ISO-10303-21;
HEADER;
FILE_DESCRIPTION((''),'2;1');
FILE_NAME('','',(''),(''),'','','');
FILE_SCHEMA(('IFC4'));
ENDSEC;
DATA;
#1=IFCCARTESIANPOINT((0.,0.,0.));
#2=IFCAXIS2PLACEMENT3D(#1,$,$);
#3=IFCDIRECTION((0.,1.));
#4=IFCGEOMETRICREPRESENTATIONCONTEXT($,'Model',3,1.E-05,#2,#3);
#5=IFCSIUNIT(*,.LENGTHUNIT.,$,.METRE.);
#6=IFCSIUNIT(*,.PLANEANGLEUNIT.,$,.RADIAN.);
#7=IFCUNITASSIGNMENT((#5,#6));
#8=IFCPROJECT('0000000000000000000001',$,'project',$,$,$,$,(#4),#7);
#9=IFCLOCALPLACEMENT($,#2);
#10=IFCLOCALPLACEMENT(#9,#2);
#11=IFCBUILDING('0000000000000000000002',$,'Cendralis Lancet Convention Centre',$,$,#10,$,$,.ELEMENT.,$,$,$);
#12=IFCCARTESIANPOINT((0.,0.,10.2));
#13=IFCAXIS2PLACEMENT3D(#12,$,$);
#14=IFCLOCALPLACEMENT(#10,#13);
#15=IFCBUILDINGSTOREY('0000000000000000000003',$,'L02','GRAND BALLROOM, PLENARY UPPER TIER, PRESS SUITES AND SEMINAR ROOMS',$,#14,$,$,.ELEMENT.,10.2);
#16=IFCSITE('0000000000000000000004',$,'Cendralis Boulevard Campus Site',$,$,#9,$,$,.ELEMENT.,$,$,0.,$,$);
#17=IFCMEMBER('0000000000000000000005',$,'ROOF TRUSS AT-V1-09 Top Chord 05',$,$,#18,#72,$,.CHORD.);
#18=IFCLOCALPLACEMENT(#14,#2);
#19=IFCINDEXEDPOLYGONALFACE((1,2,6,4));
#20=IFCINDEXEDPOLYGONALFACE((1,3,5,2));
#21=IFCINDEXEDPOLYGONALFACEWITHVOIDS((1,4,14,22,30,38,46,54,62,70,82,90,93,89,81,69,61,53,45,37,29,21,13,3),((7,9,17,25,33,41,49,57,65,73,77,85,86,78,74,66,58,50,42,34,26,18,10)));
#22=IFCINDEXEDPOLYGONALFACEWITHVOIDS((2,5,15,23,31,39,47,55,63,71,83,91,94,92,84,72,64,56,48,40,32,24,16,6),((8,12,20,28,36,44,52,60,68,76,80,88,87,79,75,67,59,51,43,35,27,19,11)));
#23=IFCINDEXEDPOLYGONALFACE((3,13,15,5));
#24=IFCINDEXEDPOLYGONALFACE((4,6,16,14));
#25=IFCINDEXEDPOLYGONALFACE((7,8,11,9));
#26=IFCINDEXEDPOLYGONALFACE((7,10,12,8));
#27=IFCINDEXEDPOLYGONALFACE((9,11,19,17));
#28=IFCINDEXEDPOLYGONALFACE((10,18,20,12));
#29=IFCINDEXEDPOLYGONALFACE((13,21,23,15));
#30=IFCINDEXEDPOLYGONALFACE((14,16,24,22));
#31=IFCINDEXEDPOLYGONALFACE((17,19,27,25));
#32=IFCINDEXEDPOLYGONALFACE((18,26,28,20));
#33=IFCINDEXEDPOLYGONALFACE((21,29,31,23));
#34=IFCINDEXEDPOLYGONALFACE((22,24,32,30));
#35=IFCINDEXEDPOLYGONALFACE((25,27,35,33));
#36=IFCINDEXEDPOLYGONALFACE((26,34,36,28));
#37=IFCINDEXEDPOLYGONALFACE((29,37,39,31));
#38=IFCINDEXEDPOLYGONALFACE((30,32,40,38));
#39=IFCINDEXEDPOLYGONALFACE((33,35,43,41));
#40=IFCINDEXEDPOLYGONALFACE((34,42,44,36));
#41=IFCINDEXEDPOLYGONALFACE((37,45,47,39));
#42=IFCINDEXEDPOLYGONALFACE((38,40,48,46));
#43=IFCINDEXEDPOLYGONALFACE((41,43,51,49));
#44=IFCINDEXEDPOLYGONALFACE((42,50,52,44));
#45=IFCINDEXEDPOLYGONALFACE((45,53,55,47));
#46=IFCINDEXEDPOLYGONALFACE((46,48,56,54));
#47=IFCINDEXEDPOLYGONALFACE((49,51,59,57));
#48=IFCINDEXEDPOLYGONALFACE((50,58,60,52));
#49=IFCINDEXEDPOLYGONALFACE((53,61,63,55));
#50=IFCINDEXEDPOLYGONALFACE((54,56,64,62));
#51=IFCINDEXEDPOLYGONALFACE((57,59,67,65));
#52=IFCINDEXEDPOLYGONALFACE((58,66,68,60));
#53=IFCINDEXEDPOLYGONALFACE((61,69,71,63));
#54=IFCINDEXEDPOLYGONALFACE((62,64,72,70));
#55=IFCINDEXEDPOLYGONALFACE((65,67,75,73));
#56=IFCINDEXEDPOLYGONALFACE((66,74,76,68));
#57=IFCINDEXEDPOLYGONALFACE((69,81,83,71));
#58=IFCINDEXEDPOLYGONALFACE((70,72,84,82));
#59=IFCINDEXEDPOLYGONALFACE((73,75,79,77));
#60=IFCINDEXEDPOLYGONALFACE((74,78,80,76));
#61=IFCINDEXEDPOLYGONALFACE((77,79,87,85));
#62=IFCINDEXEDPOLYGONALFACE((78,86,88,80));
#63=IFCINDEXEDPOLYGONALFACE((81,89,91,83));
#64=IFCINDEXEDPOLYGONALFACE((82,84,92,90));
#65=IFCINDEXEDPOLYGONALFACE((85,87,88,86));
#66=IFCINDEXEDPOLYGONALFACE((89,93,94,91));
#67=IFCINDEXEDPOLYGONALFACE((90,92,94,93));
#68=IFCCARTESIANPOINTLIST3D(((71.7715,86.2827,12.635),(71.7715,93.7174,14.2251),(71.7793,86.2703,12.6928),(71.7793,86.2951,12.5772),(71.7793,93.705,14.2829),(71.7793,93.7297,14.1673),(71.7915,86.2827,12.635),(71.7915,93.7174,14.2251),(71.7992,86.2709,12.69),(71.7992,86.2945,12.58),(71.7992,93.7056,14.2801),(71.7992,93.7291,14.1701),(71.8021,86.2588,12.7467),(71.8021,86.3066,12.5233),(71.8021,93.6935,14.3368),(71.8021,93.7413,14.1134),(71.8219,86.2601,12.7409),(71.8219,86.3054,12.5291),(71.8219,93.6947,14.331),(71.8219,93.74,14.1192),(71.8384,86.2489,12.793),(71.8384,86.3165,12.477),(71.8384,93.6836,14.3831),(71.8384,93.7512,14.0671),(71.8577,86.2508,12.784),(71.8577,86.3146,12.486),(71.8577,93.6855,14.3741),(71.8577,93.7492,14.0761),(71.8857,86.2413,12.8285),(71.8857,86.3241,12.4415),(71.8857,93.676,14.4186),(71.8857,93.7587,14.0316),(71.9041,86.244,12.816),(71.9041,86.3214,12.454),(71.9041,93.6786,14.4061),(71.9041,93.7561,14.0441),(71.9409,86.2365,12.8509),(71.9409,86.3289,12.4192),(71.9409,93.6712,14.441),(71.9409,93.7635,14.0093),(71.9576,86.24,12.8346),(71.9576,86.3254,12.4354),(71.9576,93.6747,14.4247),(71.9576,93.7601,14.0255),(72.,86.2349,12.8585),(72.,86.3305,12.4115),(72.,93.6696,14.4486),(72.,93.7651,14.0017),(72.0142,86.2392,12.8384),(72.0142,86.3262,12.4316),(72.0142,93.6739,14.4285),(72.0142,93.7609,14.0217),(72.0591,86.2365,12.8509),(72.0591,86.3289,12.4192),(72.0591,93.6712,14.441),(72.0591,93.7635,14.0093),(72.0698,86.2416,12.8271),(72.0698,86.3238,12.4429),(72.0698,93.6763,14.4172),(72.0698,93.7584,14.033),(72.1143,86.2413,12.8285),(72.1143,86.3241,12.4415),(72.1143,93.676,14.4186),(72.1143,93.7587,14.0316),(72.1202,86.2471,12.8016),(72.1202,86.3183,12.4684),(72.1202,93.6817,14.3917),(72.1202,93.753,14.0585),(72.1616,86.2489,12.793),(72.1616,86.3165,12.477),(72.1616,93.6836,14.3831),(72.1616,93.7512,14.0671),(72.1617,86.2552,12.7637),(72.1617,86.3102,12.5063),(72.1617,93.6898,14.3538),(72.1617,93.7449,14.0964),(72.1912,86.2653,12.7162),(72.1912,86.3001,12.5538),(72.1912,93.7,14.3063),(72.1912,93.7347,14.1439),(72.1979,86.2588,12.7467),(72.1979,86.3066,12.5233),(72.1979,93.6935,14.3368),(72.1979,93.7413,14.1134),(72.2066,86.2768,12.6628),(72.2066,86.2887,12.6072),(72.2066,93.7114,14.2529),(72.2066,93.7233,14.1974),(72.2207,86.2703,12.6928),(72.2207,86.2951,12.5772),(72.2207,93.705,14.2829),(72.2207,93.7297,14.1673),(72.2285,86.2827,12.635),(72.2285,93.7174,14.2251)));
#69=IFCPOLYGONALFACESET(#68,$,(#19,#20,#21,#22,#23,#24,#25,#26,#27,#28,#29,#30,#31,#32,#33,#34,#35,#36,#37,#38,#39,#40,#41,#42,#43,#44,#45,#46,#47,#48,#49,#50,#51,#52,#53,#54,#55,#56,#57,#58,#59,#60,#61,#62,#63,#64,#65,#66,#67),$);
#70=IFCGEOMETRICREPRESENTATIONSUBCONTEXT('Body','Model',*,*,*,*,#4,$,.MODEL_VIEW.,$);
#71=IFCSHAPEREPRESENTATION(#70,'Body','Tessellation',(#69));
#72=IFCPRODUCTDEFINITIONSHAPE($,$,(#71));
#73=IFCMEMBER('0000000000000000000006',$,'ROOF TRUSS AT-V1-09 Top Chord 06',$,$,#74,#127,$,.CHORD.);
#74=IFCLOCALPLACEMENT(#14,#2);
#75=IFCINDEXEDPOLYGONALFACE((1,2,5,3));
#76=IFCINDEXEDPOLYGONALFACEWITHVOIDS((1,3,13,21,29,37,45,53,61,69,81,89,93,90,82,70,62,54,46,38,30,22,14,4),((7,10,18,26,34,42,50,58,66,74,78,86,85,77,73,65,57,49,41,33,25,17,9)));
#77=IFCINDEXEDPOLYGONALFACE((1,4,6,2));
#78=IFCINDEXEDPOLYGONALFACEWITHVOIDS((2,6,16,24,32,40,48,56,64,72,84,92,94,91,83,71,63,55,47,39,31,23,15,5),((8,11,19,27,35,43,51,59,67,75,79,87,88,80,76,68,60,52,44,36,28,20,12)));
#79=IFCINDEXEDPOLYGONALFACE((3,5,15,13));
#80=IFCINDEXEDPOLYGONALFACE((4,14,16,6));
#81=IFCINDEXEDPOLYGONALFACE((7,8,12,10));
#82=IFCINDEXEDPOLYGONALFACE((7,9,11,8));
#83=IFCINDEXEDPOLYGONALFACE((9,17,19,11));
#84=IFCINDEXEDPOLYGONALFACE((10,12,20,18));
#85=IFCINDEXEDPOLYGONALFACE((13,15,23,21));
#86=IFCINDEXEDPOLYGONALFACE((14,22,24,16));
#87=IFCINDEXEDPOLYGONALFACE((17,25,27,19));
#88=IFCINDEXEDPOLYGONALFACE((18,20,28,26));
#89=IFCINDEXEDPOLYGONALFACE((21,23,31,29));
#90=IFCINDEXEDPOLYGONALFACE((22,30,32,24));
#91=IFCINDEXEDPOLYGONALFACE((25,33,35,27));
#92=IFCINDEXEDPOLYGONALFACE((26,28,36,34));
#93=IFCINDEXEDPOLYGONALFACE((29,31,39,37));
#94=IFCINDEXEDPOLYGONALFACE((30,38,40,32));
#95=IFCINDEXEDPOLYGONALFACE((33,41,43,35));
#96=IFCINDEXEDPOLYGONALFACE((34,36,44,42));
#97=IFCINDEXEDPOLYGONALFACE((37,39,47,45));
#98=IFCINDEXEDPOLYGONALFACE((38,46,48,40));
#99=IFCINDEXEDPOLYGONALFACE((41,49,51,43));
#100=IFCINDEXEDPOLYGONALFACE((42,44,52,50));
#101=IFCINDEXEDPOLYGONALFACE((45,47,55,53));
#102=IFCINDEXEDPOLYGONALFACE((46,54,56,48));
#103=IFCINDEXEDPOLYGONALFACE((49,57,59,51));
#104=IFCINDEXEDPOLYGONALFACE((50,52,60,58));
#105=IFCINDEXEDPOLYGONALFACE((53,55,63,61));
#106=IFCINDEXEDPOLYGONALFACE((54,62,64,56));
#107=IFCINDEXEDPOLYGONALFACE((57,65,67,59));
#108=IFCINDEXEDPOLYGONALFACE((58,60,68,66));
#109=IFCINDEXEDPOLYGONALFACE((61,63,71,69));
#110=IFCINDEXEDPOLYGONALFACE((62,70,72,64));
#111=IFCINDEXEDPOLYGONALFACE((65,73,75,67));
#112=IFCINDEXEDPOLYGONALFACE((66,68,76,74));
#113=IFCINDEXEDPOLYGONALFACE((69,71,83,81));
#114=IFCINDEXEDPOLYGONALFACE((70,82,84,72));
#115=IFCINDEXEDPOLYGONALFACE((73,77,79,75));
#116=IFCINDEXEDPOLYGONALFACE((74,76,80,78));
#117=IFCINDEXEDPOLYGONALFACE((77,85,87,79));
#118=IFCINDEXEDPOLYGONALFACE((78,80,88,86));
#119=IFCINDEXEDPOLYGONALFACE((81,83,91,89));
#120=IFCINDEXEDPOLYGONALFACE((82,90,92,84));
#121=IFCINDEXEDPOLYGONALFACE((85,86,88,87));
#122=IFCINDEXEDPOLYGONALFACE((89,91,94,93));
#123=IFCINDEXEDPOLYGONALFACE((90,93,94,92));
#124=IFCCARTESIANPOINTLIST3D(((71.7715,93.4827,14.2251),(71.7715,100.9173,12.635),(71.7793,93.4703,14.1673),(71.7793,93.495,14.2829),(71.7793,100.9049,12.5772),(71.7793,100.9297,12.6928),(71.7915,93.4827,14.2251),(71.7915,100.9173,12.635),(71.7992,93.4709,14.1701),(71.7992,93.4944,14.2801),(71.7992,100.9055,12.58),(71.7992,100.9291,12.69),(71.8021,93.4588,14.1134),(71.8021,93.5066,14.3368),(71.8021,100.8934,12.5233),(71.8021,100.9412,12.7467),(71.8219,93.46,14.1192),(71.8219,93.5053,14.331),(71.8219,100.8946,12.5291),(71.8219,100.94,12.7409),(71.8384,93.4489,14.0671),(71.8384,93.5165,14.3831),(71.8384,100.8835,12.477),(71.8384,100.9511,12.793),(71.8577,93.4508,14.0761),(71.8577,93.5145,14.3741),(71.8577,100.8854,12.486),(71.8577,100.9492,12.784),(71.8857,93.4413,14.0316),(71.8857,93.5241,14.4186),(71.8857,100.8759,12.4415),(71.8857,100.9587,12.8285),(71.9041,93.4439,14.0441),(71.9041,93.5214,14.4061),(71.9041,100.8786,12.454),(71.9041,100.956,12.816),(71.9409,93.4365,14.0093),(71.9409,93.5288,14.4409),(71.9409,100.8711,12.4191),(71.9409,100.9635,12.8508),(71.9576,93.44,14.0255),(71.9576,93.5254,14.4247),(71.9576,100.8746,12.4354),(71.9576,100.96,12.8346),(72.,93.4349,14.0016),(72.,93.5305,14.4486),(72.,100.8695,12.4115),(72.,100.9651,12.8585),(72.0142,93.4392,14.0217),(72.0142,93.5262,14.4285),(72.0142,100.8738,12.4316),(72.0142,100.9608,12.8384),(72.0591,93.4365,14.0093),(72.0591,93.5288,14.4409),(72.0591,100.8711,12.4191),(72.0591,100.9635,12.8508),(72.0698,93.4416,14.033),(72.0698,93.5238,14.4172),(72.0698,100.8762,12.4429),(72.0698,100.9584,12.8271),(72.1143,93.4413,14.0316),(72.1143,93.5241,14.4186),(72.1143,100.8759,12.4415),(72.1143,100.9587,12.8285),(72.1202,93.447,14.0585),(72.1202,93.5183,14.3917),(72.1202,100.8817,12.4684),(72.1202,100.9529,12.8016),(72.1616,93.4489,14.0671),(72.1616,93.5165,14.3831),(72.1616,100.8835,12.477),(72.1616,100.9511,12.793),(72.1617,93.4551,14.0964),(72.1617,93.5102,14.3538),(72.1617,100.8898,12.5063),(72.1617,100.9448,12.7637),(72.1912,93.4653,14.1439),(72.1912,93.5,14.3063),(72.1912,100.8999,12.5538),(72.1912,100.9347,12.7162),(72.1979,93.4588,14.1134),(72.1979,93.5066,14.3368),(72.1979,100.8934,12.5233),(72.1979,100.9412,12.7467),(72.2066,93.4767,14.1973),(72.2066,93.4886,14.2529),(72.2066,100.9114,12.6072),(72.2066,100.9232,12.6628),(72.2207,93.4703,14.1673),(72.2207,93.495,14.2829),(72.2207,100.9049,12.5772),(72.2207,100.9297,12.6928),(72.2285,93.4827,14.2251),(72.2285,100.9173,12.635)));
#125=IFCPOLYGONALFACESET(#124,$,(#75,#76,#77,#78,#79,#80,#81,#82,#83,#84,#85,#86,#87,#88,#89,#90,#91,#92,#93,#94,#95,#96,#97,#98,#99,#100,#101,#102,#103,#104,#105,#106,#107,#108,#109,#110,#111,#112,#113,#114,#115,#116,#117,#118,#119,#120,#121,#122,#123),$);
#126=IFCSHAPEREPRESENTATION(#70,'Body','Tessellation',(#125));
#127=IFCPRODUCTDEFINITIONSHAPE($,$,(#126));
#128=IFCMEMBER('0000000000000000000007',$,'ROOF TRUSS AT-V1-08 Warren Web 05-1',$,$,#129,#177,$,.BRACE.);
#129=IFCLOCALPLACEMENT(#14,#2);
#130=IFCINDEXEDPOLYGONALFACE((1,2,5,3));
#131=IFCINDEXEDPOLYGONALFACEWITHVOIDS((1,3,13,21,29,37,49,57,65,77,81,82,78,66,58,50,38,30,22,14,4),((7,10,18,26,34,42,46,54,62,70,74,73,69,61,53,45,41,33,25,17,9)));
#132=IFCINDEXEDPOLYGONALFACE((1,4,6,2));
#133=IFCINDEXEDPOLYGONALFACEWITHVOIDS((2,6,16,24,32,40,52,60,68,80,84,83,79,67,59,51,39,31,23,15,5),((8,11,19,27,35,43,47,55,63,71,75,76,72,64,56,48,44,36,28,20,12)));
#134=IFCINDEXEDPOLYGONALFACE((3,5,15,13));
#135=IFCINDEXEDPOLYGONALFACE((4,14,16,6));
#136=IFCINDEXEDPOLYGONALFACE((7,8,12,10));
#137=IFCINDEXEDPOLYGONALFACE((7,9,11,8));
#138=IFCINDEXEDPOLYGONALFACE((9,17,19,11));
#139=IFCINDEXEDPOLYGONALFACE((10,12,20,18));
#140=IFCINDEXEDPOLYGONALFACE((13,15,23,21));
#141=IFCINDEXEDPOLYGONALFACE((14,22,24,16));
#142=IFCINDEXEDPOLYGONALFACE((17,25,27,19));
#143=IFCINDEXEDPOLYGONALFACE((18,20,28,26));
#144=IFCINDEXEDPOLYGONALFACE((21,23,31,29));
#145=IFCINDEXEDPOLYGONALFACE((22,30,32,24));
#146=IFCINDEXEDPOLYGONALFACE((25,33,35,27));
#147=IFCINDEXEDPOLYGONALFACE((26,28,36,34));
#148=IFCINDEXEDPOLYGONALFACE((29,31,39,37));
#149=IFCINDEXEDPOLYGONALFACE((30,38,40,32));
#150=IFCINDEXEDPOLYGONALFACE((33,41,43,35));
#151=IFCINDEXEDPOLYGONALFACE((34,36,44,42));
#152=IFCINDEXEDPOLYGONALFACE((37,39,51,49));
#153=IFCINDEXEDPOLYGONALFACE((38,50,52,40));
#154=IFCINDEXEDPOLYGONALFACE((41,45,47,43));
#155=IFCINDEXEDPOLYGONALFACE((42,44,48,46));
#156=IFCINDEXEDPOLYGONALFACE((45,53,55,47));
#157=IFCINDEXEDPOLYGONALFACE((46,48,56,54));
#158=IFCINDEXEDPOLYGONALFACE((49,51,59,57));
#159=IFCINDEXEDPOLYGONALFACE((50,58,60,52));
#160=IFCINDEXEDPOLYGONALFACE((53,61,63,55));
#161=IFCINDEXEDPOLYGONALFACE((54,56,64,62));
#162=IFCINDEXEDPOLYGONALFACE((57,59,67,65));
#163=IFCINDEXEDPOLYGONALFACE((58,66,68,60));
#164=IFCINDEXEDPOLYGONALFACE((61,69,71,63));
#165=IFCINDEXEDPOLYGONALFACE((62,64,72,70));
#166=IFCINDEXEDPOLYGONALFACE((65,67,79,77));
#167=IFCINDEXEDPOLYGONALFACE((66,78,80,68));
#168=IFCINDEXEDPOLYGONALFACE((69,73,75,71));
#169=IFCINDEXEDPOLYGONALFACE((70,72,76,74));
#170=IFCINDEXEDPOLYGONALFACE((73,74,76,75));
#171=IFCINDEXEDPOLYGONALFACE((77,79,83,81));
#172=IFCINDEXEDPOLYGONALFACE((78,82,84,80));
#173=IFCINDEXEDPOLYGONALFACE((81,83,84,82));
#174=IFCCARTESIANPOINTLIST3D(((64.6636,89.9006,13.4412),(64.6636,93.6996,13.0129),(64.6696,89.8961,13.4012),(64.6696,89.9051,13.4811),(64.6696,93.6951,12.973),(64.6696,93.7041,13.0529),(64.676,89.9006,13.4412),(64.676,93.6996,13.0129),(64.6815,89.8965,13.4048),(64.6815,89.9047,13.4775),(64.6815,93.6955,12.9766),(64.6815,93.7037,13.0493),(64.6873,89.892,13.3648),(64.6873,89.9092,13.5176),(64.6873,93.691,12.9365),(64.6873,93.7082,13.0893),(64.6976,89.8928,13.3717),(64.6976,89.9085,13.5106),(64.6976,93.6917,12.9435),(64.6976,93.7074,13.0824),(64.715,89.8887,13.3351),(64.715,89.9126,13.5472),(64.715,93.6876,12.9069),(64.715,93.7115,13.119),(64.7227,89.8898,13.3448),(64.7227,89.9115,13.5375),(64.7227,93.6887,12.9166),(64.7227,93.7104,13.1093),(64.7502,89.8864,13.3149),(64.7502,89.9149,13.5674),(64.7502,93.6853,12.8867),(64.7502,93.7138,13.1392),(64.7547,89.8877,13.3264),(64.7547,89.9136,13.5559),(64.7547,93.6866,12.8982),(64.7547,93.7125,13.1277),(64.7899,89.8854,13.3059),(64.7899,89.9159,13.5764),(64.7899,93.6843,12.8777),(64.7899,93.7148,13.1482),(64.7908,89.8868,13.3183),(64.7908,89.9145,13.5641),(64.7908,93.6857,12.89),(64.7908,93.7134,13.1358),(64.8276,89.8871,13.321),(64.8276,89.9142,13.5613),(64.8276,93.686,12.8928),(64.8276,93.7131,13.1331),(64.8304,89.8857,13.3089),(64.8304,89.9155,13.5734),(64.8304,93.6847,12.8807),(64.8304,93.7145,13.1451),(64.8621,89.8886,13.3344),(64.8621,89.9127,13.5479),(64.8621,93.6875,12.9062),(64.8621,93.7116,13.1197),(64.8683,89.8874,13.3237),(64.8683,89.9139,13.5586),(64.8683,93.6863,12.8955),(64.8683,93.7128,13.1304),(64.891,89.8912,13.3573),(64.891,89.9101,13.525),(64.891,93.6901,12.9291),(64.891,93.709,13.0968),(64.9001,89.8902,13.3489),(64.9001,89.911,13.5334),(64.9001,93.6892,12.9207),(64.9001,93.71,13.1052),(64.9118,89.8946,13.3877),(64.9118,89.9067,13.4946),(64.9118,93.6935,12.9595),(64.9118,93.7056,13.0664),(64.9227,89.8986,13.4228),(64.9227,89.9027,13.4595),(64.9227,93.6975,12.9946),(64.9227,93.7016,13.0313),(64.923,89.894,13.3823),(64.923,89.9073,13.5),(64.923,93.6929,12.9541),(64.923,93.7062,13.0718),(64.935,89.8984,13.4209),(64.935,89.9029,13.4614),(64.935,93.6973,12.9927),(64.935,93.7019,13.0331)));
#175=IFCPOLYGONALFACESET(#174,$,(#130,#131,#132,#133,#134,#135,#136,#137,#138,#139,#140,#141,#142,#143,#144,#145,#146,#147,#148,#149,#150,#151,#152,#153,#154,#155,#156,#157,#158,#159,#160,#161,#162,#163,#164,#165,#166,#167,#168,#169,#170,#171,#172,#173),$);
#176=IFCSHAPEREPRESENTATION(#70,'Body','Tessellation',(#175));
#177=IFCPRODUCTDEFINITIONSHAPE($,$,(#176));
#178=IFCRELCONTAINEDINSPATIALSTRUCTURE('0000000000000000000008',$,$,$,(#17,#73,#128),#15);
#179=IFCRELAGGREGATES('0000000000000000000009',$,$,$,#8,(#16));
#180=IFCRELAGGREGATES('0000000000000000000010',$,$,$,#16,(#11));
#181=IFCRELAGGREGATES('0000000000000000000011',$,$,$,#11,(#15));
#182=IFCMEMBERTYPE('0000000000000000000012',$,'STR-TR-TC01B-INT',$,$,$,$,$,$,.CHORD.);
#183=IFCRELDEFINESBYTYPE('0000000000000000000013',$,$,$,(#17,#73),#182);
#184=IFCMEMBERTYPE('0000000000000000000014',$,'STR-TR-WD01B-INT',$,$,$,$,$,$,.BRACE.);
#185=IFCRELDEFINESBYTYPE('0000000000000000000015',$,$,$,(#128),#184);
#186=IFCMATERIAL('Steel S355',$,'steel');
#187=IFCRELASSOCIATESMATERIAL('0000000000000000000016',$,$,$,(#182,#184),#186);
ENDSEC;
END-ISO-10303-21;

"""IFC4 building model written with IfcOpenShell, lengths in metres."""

from ifc_helpers import new_model, si_unit, direction, frame, origin, origin_2d, place, context, subcontext, project, spatial, hollow_circle, extrude, material, material_profile, profile_set, type_object, element, save


model = new_model("IFC4")

# Units and contexts
model_context = context("Model", 3, precision=1e-05, world=origin(), true_north=direction((0.0, 1.0)))
body_context = subcontext(model_context, "Body", "Model", "MODEL_VIEW")
ifc_project = project(units=[si_unit("LENGTHUNIT", "METRE"), si_unit("PLANEANGLEUNIT", "RADIAN")], contexts=[model_context])

# Site, building, storey
site_placement = place(None, origin())
site = spatial("IfcSite", under=ifc_project, at=site_placement, Name="Cendralis Boulevard Campus Site", CompositionType="ELEMENT", RefElevation=0.0)
building_placement = place(site_placement, origin())
building = spatial("IfcBuilding", under=site, at=building_placement, Name="Cendralis Lancet Convention Centre", CompositionType="ELEMENT")
storey_placement = place(building_placement, frame((0.0, 0.0, 10.2)))
storey = spatial("IfcBuildingStorey", under=building, at=storey_placement, Name="L02", Description="GRAND BALLROOM, PLENARY UPPER TIER, PRESS SUITES AND SEMINAR ROOMS", CompositionType="ELEMENT", Elevation=10.2)

# Members
ifc_material = material(Name="Steel S355", Category="steel")
ifc_material_profile_1 = material_profile(ifc_material, hollow_circle(Radius=0.2285, WallThickness=0.02, at=origin_2d()), Name="CHS 457.0x20.0")
ifc_profile_set_1 = profile_set([ifc_material_profile_1], Name="Steel S355")
member_type_1 = type_object("IfcMemberType", Name="STR-TR-TC01B-INT", PredefinedType="CHORD", material=ifc_profile_set_1)
for number, where, z_axis, x_axis, name in (
    (1, (72.0, 86.2827, 12.635), (0.0, 0.977884, 0.209147), (-1.0, 0.0, 0.0), "ROOF TRUSS AT-V1-09 Top Chord 05"),
    (2, (72.0, 93.4827, 14.2251), (0.0, 0.977884, -0.209147), (-1.0, 0.0, 0.0), "ROOF TRUSS AT-V1-09 Top Chord 06"),
):
    element("IfcMember", number, at=place(storey_placement, frame(where, z_axis=z_axis, x_axis=x_axis)), inside=storey, type_object=member_type_1, Name=name, PredefinedType="CHORD", context=body_context, shape_type="SweptSolid", body=[
        extrude(hollow_circle(Radius=0.2285, WallThickness=0.02, at=origin_2d()), origin(), (0.0, 0.0, 1.0), 7.6028),
    ])
ifc_material_profile_2 = material_profile(ifc_material, hollow_circle(Radius=0.1365, WallThickness=0.0125, at=origin_2d()), Name="CHS 273.0x12.5")
ifc_profile_set_2 = profile_set([ifc_material_profile_2], Name="Steel S355")
member_type_2 = type_object("IfcMemberType", Name="STR-TR-WD01B-INT", PredefinedType="BRACE", material=ifc_profile_set_2)
for number, where, z_axis, x_axis, name in (
    (3, (64.8, 89.9006, 13.4412), (0.0, 0.993706, -0.112015), (-1.0, 0.0, 0.0), "ROOF TRUSS AT-V1-08 Warren Web 05-1"),
):
    element("IfcMember", number, at=place(storey_placement, frame(where, z_axis=z_axis, x_axis=x_axis)), inside=storey, type_object=member_type_2, Name=name, PredefinedType="BRACE", context=body_context, shape_type="SweptSolid", body=[
        extrude(hollow_circle(Radius=0.1365, WallThickness=0.0125, at=origin_2d()), origin(), (0.0, 0.0, 1.0), 3.823),
    ])

save(model, "model.ifc")
